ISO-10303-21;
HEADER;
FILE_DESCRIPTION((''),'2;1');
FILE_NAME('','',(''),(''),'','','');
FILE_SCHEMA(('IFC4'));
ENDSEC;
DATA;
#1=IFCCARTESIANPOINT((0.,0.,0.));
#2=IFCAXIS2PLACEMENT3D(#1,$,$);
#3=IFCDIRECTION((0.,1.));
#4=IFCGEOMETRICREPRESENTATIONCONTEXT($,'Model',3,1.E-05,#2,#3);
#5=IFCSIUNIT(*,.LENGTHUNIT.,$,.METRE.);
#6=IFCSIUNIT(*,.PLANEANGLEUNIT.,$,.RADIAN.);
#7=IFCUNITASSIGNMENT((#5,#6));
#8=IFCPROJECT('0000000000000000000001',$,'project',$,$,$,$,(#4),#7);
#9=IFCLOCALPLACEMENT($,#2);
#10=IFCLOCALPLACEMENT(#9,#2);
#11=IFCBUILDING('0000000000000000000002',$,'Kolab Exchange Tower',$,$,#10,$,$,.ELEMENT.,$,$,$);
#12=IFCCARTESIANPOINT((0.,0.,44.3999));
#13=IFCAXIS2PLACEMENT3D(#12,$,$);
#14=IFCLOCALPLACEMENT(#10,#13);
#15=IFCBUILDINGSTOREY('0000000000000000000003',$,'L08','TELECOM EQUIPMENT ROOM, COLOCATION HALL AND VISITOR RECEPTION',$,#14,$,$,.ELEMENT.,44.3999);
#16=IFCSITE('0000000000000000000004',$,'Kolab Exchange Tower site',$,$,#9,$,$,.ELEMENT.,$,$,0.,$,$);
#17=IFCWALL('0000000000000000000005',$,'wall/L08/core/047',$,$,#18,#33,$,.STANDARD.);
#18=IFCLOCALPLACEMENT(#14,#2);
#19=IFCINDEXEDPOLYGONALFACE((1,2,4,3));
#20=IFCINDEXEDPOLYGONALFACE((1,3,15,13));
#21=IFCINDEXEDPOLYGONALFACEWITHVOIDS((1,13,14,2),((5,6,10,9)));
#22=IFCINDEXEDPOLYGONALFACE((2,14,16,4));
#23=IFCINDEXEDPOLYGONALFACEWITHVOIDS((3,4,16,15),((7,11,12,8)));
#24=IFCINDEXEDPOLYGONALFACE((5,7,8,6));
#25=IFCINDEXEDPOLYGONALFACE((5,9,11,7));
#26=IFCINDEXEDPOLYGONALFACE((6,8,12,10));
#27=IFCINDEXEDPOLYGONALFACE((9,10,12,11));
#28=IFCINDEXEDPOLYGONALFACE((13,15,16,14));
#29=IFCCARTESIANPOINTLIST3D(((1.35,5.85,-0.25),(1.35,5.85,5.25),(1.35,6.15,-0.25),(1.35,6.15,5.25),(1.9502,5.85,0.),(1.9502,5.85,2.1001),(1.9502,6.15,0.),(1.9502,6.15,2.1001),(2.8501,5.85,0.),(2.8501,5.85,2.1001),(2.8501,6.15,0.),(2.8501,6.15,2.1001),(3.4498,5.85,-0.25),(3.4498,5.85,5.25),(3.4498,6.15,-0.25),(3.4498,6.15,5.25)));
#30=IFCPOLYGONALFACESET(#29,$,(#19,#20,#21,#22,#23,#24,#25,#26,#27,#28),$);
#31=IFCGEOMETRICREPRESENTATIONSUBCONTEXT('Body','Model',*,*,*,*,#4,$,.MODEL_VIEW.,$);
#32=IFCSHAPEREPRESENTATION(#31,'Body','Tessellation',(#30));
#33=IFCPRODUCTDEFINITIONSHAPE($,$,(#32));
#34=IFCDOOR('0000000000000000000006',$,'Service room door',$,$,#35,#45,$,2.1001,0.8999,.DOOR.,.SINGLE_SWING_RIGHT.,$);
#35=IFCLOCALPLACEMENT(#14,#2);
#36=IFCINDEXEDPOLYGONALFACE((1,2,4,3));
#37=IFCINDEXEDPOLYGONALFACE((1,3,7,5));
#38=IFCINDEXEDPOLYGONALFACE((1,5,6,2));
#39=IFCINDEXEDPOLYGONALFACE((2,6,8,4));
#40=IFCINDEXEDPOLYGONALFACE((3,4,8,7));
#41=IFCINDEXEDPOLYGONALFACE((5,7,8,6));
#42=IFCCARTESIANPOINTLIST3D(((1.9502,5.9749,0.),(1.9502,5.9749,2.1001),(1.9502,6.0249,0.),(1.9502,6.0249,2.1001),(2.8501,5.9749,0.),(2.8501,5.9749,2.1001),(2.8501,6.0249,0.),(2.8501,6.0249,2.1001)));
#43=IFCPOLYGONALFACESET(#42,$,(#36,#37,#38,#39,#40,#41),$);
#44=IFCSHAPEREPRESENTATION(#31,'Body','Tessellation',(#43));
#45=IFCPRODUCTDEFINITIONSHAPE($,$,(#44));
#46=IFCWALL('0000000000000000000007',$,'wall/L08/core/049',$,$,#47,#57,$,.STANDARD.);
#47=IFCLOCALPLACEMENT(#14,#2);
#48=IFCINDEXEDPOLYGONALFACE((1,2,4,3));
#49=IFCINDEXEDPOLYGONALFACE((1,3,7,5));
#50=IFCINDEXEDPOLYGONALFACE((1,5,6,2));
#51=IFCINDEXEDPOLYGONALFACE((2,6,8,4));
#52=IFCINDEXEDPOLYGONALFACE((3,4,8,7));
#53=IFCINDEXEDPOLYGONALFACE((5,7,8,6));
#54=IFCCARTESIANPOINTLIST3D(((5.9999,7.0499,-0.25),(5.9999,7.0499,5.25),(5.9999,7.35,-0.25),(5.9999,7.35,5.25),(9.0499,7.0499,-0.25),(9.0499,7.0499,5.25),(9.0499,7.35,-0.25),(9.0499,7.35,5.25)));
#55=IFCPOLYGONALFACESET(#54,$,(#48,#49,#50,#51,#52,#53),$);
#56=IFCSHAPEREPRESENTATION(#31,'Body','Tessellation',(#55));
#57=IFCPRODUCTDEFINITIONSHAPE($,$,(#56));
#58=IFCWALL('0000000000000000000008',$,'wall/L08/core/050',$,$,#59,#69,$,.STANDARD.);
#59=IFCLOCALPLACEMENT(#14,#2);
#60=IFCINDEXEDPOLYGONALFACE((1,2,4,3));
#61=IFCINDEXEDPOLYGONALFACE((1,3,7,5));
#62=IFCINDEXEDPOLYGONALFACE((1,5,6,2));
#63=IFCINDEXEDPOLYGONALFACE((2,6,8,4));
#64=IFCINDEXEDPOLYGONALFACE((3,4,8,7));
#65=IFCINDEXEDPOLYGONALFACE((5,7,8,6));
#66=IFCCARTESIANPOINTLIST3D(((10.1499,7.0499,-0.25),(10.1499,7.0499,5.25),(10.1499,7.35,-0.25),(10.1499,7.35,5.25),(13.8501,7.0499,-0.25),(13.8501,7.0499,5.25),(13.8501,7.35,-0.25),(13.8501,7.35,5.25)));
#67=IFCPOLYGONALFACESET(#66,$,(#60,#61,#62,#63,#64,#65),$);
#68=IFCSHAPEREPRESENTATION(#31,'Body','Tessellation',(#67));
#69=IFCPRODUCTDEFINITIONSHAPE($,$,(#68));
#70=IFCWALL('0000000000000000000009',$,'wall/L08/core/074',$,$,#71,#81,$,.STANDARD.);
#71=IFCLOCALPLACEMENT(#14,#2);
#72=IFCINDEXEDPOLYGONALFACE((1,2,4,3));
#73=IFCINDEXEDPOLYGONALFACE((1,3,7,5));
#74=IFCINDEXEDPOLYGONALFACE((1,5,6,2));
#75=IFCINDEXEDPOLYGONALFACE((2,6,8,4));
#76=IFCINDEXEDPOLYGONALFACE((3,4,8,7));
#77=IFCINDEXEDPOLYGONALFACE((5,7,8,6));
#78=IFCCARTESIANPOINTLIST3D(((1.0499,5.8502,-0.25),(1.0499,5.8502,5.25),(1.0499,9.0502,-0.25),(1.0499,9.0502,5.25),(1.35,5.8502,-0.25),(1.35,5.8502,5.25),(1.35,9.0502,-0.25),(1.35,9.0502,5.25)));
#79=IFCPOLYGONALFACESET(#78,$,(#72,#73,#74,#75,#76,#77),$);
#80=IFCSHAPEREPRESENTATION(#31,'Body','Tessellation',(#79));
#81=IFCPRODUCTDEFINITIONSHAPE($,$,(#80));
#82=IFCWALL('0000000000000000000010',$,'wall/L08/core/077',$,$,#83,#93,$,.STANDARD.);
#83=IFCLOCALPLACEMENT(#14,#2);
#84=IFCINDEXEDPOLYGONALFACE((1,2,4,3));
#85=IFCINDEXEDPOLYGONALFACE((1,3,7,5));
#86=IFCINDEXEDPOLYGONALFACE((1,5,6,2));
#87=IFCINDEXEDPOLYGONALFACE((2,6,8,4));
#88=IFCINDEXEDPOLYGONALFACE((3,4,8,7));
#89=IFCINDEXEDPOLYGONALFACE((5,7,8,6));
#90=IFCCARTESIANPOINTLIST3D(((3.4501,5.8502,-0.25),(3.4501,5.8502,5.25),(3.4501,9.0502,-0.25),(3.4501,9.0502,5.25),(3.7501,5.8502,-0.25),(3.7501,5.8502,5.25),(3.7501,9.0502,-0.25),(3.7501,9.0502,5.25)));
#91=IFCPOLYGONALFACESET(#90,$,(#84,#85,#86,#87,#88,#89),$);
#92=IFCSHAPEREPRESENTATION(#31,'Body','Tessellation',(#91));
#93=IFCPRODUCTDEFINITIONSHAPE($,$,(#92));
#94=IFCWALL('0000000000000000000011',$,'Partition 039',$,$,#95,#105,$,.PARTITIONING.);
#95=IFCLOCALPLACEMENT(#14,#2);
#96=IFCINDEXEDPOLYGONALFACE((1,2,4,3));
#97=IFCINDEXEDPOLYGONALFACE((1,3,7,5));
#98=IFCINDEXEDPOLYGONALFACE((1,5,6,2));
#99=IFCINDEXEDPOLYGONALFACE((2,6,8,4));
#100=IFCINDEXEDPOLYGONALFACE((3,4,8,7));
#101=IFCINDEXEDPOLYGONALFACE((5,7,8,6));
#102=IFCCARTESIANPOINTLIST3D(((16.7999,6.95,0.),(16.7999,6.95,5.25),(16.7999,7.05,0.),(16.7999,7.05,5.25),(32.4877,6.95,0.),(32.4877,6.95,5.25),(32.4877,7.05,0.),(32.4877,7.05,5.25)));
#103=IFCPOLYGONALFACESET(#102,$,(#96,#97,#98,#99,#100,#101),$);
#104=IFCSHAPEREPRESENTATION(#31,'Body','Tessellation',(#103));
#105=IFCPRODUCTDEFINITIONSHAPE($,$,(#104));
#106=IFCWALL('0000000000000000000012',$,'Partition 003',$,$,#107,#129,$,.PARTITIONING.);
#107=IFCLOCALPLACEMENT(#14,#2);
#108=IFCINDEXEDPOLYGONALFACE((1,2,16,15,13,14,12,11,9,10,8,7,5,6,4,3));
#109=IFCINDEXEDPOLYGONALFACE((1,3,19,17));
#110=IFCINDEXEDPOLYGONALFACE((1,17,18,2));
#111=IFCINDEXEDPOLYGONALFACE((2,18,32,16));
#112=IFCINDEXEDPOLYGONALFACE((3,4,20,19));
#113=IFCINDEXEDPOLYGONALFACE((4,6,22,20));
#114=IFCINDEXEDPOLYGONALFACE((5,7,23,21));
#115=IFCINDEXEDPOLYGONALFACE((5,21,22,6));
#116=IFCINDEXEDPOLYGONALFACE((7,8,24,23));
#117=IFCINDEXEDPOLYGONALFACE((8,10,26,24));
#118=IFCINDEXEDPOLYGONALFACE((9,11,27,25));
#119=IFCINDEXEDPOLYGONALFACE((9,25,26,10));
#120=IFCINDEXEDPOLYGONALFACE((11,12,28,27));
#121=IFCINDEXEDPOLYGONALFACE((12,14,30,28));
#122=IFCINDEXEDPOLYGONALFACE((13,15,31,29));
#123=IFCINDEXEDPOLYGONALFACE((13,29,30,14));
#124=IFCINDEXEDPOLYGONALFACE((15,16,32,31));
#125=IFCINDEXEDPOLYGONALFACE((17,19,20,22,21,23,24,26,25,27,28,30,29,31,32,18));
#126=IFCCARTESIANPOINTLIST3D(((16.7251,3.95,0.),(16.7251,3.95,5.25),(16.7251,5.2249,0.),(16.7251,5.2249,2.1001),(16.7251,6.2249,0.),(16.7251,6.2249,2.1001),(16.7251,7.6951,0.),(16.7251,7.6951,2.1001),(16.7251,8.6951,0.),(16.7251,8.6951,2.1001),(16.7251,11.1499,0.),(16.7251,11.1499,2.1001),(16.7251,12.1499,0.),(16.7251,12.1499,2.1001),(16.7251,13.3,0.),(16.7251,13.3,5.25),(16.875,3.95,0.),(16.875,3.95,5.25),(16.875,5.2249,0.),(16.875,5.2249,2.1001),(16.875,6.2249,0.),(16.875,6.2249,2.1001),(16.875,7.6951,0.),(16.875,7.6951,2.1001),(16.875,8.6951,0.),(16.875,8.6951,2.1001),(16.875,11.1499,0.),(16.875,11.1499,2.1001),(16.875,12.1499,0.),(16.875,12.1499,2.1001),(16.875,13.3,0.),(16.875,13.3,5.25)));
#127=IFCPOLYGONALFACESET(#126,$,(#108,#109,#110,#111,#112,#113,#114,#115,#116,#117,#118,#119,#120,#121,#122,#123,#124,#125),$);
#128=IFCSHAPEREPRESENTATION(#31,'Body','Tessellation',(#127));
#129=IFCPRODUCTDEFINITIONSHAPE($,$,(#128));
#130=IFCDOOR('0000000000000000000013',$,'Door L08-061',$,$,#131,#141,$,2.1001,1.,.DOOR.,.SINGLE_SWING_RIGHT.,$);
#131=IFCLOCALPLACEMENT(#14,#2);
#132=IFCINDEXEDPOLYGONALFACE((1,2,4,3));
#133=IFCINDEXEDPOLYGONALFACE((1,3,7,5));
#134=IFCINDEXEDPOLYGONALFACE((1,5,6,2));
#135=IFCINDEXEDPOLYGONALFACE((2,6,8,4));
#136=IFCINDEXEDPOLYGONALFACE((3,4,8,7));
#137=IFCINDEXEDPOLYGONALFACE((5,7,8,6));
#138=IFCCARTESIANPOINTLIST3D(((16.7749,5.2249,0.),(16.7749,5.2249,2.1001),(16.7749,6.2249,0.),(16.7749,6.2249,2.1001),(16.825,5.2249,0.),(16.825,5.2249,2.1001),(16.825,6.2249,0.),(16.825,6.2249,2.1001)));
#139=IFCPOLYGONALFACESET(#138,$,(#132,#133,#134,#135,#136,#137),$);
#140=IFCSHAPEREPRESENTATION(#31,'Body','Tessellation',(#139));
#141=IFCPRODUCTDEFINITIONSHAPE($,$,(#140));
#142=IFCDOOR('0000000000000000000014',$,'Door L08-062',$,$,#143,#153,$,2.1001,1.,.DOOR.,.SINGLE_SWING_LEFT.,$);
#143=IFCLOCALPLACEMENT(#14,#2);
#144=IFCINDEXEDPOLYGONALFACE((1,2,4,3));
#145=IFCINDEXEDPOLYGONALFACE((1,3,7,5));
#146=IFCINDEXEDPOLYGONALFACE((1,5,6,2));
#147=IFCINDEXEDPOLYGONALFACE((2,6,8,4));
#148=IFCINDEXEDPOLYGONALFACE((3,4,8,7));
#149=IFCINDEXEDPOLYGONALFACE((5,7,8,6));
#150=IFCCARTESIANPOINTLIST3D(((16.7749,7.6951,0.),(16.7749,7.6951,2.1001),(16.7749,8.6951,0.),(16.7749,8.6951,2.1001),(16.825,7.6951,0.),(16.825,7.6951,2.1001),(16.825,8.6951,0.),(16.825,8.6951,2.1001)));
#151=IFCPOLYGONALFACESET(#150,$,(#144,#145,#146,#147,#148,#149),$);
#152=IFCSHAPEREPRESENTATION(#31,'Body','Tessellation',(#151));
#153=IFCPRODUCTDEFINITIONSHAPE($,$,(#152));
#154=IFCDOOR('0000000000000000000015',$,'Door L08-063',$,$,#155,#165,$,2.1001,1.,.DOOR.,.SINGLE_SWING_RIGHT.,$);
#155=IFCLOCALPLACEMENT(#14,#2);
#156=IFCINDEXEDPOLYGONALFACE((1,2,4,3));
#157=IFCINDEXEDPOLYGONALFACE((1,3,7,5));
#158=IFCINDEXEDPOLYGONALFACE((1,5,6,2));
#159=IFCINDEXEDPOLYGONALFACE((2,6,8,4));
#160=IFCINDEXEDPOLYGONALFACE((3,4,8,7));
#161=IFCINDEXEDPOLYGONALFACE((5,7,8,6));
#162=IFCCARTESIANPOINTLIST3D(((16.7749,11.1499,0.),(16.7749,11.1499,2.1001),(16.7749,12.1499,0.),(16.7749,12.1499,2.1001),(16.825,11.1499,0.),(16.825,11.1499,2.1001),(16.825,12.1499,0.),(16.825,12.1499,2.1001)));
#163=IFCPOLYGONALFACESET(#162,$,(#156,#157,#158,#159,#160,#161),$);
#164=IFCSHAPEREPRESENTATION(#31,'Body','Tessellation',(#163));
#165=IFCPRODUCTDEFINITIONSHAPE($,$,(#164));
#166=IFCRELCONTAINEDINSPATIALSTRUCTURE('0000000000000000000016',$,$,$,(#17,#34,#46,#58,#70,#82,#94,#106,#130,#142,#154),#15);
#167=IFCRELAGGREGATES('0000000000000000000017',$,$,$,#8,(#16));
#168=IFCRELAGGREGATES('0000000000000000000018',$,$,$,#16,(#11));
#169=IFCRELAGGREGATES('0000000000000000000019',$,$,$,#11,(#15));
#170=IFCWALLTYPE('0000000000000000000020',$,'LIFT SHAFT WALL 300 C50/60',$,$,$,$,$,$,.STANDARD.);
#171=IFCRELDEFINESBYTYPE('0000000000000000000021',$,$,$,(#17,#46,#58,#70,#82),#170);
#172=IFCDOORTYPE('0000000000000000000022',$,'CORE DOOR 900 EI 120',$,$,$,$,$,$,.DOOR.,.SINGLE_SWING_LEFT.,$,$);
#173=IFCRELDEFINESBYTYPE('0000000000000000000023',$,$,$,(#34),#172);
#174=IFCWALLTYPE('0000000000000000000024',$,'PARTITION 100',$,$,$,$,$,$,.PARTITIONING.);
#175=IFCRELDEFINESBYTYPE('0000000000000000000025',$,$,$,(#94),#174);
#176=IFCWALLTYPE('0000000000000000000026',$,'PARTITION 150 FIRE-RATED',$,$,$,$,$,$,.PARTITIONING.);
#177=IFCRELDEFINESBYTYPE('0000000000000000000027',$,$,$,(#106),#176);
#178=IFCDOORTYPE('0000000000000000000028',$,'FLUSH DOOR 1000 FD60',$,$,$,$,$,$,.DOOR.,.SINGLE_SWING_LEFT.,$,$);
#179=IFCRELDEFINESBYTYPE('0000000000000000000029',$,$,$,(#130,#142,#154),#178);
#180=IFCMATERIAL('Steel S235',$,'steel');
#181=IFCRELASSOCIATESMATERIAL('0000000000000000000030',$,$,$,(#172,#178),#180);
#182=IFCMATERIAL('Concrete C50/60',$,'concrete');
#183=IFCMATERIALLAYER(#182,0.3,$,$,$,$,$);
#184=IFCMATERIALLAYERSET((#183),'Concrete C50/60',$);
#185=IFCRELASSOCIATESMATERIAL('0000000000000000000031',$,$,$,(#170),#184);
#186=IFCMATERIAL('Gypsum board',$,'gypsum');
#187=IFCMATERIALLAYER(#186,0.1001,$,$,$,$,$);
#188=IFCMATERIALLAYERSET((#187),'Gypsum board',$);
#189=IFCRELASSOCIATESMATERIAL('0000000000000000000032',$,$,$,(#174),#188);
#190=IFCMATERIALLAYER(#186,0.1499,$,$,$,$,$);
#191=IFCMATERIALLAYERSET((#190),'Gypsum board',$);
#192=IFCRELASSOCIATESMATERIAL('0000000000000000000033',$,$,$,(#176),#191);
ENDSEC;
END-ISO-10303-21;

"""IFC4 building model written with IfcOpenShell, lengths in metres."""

from ifc_helpers import new_model, si_unit, direction, frame, frame_2d, origin, place, context, subcontext, project, spatial, rectangle, extrude, material, layer, layer_set, type_object, element, fill, save


model = new_model("IFC4")

# Units and contexts
model_context = context("Model", 3, precision=1e-05, world=origin(), true_north=direction((0.0, 1.0)))
body_context = subcontext(model_context, "Body", "Model", "MODEL_VIEW")
ifc_project = project(units=[si_unit("LENGTHUNIT", "METRE"), si_unit("PLANEANGLEUNIT", "RADIAN")], contexts=[model_context])

# Site, building, storey
site_placement = place(None, origin())
site = spatial("IfcSite", under=ifc_project, at=site_placement, Name="Kolab Exchange Tower site", CompositionType="ELEMENT", RefElevation=0.0)
building_placement = place(site_placement, origin())
building = spatial("IfcBuilding", under=site, at=building_placement, Name="Kolab Exchange Tower", CompositionType="ELEMENT")
storey_placement = place(building_placement, frame((0.0, 0.0, 44.3999)))
storey = spatial("IfcBuildingStorey", under=building, at=storey_placement, Name="L08", Description="TELECOM EQUIPMENT ROOM, COLOCATION HALL AND VISITOR RECEPTION", CompositionType="ELEMENT", Elevation=44.3999)

# Shared definitions
ifc_material_1 = material(Name="Steel S235", Category="steel")
door_type_1 = type_object("IfcDoorType", Name="CORE DOOR 900 EI 120", OperationType="SINGLE_SWING_LEFT", PredefinedType="DOOR", material=ifc_material_1)

# Shared definitions
ifc_material_2 = material(Name="Concrete C50/60", Category="concrete")
ifc_layer_1 = layer(ifc_material_2, 0.3)
ifc_layer_set_1 = layer_set([ifc_layer_1], Name="Concrete C50/60")
wall_type_1 = type_object("IfcWallType", Name="LIFT SHAFT WALL 300 C50/60", PredefinedType="STANDARD", material=ifc_layer_set_1)

# Wall, opening, door
wall_1_placement = place(storey_placement, frame((1.3501, 6.0, -0.25), z_axis=(0.0, 0.0, 1.0), x_axis=(1.0, 0.0, 0.0)))
wall_1 = element("IfcWall", 1, at=wall_1_placement, inside=storey, type_object=wall_type_1, Name="wall/L08/core/047", PredefinedType="STANDARD", context=body_context, shape_type="SweptSolid", body=[
    extrude(rectangle(XDim=2.0999, YDim=0.3, at=frame_2d((1.0498, 0.0))), origin(), (0.0, 0.0, 1.0), 5.5),
])
opening_1_placement = place(wall_1_placement, frame((0.6001, 0.0, 0.25)))
opening_1 = element("IfcOpeningElement", 2, at=opening_1_placement, cuts=wall_1, PredefinedType="OPENING", context=body_context, shape_type="SweptSolid", body=[
    extrude(rectangle(XDim=0.8999, YDim=2.1001, at=frame_2d((0.45, 1.05))), frame((0.0, 0.1602, 0.0), z_axis=(0.0, -1.0, 0.0), x_axis=(1.0, 0.0, 0.0)), (0.0, 0.0, 1.0), 0.3201),
])
door_1_placement = place(opening_1_placement, origin())
door_1 = element("IfcDoor", 3, at=door_1_placement, inside=storey, type_object=door_type_1, Name="Service room door", OperationType="SINGLE_SWING_RIGHT", OverallHeight=2.1001, OverallWidth=0.8999, PredefinedType="DOOR", context=body_context, shape_type="SweptSolid", body=[
    extrude(rectangle(XDim=0.8999, YDim=2.1001, at=frame_2d((0.45, 1.05))), frame((0.0, 0.0249, 0.0), z_axis=(0.0, -1.0, 0.0), x_axis=(1.0, 0.0, 0.0)), (0.0, 0.0, 1.0), 0.05),
])
fill(opening_1, door_1)

# Walls
wall_2_placement = place(storey_placement, frame((6.0, 7.2, -0.25), z_axis=(0.0, 0.0, 1.0), x_axis=(1.0, 0.0, 0.0)))
element("IfcWall", 4, at=wall_2_placement, inside=storey, type_object=wall_type_1, Name="wall/L08/core/049", PredefinedType="STANDARD", context=body_context, shape_type="SweptSolid", body=[
    extrude(rectangle(XDim=3.05, YDim=0.3, at=frame_2d((1.5249, 0.0))), origin(), (0.0, 0.0, 1.0), 5.5),
])
wall_3_placement = place(storey_placement, frame((10.1499, 7.2, -0.25), z_axis=(0.0, 0.0, 1.0), x_axis=(1.0, 0.0, 0.0)))
element("IfcWall", 5, at=wall_3_placement, inside=storey, type_object=wall_type_1, Name="wall/L08/core/050", PredefinedType="STANDARD", context=body_context, shape_type="SweptSolid", body=[
    extrude(rectangle(XDim=3.7002, YDim=0.3, at=frame_2d((1.8501, 0.0))), origin(), (0.0, 0.0, 1.0), 5.5),
])
for number, where, z_axis, x_axis, name in (
    (6, (1.2, 5.8501, -0.25), (0.0, 0.0, 1.0), (0.0, 1.0, 0.0), "wall/L08/core/074"),
    (7, (3.6001, 5.8501, -0.25), (0.0, 0.0, 1.0), (0.0, 1.0, 0.0), "wall/L08/core/077"),
):
    element("IfcWall", number, at=place(storey_placement, frame(where, z_axis=z_axis, x_axis=x_axis)), inside=storey, type_object=wall_type_1, Name=name, PredefinedType="STANDARD", context=body_context, shape_type="SweptSolid", body=[
        extrude(rectangle(XDim=3.2, YDim=0.3, at=frame_2d((1.6001, 0.0))), origin(), (0.0, 0.0, 1.0), 5.5),
    ])
ifc_material_3 = material(Name="Gypsum board", Category="gypsum")
ifc_layer_2 = layer(ifc_material_3, 0.1001)
ifc_layer_set_2 = layer_set([ifc_layer_2], Name="Gypsum board")
wall_type_2 = type_object("IfcWallType", Name="PARTITION 100", PredefinedType="PARTITIONING", material=ifc_layer_set_2)
wall_4_placement = place(storey_placement, frame((16.8, 7.0, 0.0), z_axis=(0.0, 0.0, 1.0), x_axis=(1.0, 0.0, 0.0)))
element("IfcWall", 8, at=wall_4_placement, inside=storey, type_object=wall_type_2, Name="Partition 039", PredefinedType="PARTITIONING", context=body_context, shape_type="SweptSolid", body=[
    extrude(rectangle(XDim=15.6877, YDim=0.1001, at=frame_2d((7.8438, 0.0))), origin(), (0.0, 0.0, 1.0), 5.25),
])

# Wall, openings, doors
ifc_layer_3 = layer(ifc_material_3, 0.1499)
ifc_layer_set_3 = layer_set([ifc_layer_3], Name="Gypsum board")
wall_type_3 = type_object("IfcWallType", Name="PARTITION 150 FIRE-RATED", PredefinedType="PARTITIONING", material=ifc_layer_set_3)
wall_5_placement = place(storey_placement, frame((16.8, 3.95, 0.0), z_axis=(0.0, 0.0, 1.0), x_axis=(0.0, 1.0, 0.0)))
wall_5 = element("IfcWall", 9, at=wall_5_placement, inside=storey, type_object=wall_type_3, Name="Partition 003", PredefinedType="PARTITIONING", context=body_context, shape_type="SweptSolid", body=[
    extrude(rectangle(XDim=9.3501, YDim=0.1499, at=frame_2d((4.675, 0.0))), origin(), (0.0, 0.0, 1.0), 5.25),
])
opening_2_placement = place(wall_5_placement, frame((1.2749, 0.0, 0.0)))
opening_2 = element("IfcOpeningElement", 10, at=opening_2_placement, cuts=wall_5, PredefinedType="OPENING", context=body_context, shape_type="SweptSolid", body=[
    extrude(rectangle(XDim=1.0, YDim=2.1001, at=frame_2d((0.5, 1.05))), frame((0.0, 0.085, 0.0), z_axis=(0.0, -1.0, 0.0), x_axis=(1.0, 0.0, 0.0)), (0.0, 0.0, 1.0), 0.1699),
])
opening_3_placement = place(wall_5_placement, frame((3.7451, 0.0, 0.0)))
opening_3 = element("IfcOpeningElement", 11, at=opening_3_placement, cuts=wall_5, PredefinedType="OPENING", context=body_context, shape_type="SweptSolid", body=[
    extrude(rectangle(XDim=1.0, YDim=2.1001, at=frame_2d((0.5, 1.05))), frame((0.0, 0.085, 0.0), z_axis=(0.0, -1.0, 0.0), x_axis=(1.0, 0.0, 0.0)), (0.0, 0.0, 1.0), 0.1699),
])
opening_4_placement = place(wall_5_placement, frame((7.2, 0.0, 0.0)))
opening_4 = element("IfcOpeningElement", 12, at=opening_4_placement, cuts=wall_5, PredefinedType="OPENING", context=body_context, shape_type="SweptSolid", body=[
    extrude(rectangle(XDim=1.0, YDim=2.1001, at=frame_2d((0.5, 1.05))), frame((0.0, 0.085, 0.0), z_axis=(0.0, -1.0, 0.0), x_axis=(1.0, 0.0, 0.0)), (0.0, 0.0, 1.0), 0.1699),
])
door_type_2 = type_object("IfcDoorType", Name="FLUSH DOOR 1000 FD60", OperationType="SINGLE_SWING_LEFT", PredefinedType="DOOR", material=ifc_material_1)
door_2_placement = place(opening_2_placement, frame((1.0, 0.0, 0.0), z_axis=(0.0, 0.0, 1.0), x_axis=(-1.0, 0.0, 0.0)))
door_2 = element("IfcDoor", 13, at=door_2_placement, inside=storey, type_object=door_type_2, Name="Door L08-061", OperationType="SINGLE_SWING_RIGHT", OverallHeight=2.1001, OverallWidth=1.0, PredefinedType="DOOR", context=body_context, shape_type="SweptSolid", body=[
    extrude(rectangle(XDim=1.0, YDim=2.1001, at=frame_2d((0.5, 1.05))), frame((0.0, 0.0249, 0.0), z_axis=(0.0, -1.0, 0.0), x_axis=(1.0, 0.0, 0.0)), (0.0, 0.0, 1.0), 0.05),
])
fill(opening_2, door_2)
door_3_placement = place(opening_3_placement, frame((1.0, 0.0, 0.0), z_axis=(0.0, 0.0, 1.0), x_axis=(-1.0, 0.0, 0.0)))
door_3 = element("IfcDoor", 14, at=door_3_placement, inside=storey, type_object=door_type_2, Name="Door L08-062", OperationType="SINGLE_SWING_LEFT", OverallHeight=2.1001, OverallWidth=1.0, PredefinedType="DOOR", context=body_context, shape_type="SweptSolid", body=[
    extrude(rectangle(XDim=1.0, YDim=2.1001, at=frame_2d((0.5, 1.05))), frame((0.0, 0.0249, 0.0), z_axis=(0.0, -1.0, 0.0), x_axis=(1.0, 0.0, 0.0)), (0.0, 0.0, 1.0), 0.05),
])
fill(opening_3, door_3)
door_4_placement = place(opening_4_placement, frame((1.0, 0.0, 0.0), z_axis=(0.0, 0.0, 1.0), x_axis=(-1.0, 0.0, 0.0)))
door_4 = element("IfcDoor", 15, at=door_4_placement, inside=storey, type_object=door_type_2, Name="Door L08-063", OperationType="SINGLE_SWING_RIGHT", OverallHeight=2.1001, OverallWidth=1.0, PredefinedType="DOOR", context=body_context, shape_type="SweptSolid", body=[
    extrude(rectangle(XDim=1.0, YDim=2.1001, at=frame_2d((0.5, 1.05))), frame((0.0, 0.0249, 0.0), z_axis=(0.0, -1.0, 0.0), x_axis=(1.0, 0.0, 0.0)), (0.0, 0.0, 1.0), 0.05),
])
fill(opening_4, door_4)

save(model, "model.ifc")
